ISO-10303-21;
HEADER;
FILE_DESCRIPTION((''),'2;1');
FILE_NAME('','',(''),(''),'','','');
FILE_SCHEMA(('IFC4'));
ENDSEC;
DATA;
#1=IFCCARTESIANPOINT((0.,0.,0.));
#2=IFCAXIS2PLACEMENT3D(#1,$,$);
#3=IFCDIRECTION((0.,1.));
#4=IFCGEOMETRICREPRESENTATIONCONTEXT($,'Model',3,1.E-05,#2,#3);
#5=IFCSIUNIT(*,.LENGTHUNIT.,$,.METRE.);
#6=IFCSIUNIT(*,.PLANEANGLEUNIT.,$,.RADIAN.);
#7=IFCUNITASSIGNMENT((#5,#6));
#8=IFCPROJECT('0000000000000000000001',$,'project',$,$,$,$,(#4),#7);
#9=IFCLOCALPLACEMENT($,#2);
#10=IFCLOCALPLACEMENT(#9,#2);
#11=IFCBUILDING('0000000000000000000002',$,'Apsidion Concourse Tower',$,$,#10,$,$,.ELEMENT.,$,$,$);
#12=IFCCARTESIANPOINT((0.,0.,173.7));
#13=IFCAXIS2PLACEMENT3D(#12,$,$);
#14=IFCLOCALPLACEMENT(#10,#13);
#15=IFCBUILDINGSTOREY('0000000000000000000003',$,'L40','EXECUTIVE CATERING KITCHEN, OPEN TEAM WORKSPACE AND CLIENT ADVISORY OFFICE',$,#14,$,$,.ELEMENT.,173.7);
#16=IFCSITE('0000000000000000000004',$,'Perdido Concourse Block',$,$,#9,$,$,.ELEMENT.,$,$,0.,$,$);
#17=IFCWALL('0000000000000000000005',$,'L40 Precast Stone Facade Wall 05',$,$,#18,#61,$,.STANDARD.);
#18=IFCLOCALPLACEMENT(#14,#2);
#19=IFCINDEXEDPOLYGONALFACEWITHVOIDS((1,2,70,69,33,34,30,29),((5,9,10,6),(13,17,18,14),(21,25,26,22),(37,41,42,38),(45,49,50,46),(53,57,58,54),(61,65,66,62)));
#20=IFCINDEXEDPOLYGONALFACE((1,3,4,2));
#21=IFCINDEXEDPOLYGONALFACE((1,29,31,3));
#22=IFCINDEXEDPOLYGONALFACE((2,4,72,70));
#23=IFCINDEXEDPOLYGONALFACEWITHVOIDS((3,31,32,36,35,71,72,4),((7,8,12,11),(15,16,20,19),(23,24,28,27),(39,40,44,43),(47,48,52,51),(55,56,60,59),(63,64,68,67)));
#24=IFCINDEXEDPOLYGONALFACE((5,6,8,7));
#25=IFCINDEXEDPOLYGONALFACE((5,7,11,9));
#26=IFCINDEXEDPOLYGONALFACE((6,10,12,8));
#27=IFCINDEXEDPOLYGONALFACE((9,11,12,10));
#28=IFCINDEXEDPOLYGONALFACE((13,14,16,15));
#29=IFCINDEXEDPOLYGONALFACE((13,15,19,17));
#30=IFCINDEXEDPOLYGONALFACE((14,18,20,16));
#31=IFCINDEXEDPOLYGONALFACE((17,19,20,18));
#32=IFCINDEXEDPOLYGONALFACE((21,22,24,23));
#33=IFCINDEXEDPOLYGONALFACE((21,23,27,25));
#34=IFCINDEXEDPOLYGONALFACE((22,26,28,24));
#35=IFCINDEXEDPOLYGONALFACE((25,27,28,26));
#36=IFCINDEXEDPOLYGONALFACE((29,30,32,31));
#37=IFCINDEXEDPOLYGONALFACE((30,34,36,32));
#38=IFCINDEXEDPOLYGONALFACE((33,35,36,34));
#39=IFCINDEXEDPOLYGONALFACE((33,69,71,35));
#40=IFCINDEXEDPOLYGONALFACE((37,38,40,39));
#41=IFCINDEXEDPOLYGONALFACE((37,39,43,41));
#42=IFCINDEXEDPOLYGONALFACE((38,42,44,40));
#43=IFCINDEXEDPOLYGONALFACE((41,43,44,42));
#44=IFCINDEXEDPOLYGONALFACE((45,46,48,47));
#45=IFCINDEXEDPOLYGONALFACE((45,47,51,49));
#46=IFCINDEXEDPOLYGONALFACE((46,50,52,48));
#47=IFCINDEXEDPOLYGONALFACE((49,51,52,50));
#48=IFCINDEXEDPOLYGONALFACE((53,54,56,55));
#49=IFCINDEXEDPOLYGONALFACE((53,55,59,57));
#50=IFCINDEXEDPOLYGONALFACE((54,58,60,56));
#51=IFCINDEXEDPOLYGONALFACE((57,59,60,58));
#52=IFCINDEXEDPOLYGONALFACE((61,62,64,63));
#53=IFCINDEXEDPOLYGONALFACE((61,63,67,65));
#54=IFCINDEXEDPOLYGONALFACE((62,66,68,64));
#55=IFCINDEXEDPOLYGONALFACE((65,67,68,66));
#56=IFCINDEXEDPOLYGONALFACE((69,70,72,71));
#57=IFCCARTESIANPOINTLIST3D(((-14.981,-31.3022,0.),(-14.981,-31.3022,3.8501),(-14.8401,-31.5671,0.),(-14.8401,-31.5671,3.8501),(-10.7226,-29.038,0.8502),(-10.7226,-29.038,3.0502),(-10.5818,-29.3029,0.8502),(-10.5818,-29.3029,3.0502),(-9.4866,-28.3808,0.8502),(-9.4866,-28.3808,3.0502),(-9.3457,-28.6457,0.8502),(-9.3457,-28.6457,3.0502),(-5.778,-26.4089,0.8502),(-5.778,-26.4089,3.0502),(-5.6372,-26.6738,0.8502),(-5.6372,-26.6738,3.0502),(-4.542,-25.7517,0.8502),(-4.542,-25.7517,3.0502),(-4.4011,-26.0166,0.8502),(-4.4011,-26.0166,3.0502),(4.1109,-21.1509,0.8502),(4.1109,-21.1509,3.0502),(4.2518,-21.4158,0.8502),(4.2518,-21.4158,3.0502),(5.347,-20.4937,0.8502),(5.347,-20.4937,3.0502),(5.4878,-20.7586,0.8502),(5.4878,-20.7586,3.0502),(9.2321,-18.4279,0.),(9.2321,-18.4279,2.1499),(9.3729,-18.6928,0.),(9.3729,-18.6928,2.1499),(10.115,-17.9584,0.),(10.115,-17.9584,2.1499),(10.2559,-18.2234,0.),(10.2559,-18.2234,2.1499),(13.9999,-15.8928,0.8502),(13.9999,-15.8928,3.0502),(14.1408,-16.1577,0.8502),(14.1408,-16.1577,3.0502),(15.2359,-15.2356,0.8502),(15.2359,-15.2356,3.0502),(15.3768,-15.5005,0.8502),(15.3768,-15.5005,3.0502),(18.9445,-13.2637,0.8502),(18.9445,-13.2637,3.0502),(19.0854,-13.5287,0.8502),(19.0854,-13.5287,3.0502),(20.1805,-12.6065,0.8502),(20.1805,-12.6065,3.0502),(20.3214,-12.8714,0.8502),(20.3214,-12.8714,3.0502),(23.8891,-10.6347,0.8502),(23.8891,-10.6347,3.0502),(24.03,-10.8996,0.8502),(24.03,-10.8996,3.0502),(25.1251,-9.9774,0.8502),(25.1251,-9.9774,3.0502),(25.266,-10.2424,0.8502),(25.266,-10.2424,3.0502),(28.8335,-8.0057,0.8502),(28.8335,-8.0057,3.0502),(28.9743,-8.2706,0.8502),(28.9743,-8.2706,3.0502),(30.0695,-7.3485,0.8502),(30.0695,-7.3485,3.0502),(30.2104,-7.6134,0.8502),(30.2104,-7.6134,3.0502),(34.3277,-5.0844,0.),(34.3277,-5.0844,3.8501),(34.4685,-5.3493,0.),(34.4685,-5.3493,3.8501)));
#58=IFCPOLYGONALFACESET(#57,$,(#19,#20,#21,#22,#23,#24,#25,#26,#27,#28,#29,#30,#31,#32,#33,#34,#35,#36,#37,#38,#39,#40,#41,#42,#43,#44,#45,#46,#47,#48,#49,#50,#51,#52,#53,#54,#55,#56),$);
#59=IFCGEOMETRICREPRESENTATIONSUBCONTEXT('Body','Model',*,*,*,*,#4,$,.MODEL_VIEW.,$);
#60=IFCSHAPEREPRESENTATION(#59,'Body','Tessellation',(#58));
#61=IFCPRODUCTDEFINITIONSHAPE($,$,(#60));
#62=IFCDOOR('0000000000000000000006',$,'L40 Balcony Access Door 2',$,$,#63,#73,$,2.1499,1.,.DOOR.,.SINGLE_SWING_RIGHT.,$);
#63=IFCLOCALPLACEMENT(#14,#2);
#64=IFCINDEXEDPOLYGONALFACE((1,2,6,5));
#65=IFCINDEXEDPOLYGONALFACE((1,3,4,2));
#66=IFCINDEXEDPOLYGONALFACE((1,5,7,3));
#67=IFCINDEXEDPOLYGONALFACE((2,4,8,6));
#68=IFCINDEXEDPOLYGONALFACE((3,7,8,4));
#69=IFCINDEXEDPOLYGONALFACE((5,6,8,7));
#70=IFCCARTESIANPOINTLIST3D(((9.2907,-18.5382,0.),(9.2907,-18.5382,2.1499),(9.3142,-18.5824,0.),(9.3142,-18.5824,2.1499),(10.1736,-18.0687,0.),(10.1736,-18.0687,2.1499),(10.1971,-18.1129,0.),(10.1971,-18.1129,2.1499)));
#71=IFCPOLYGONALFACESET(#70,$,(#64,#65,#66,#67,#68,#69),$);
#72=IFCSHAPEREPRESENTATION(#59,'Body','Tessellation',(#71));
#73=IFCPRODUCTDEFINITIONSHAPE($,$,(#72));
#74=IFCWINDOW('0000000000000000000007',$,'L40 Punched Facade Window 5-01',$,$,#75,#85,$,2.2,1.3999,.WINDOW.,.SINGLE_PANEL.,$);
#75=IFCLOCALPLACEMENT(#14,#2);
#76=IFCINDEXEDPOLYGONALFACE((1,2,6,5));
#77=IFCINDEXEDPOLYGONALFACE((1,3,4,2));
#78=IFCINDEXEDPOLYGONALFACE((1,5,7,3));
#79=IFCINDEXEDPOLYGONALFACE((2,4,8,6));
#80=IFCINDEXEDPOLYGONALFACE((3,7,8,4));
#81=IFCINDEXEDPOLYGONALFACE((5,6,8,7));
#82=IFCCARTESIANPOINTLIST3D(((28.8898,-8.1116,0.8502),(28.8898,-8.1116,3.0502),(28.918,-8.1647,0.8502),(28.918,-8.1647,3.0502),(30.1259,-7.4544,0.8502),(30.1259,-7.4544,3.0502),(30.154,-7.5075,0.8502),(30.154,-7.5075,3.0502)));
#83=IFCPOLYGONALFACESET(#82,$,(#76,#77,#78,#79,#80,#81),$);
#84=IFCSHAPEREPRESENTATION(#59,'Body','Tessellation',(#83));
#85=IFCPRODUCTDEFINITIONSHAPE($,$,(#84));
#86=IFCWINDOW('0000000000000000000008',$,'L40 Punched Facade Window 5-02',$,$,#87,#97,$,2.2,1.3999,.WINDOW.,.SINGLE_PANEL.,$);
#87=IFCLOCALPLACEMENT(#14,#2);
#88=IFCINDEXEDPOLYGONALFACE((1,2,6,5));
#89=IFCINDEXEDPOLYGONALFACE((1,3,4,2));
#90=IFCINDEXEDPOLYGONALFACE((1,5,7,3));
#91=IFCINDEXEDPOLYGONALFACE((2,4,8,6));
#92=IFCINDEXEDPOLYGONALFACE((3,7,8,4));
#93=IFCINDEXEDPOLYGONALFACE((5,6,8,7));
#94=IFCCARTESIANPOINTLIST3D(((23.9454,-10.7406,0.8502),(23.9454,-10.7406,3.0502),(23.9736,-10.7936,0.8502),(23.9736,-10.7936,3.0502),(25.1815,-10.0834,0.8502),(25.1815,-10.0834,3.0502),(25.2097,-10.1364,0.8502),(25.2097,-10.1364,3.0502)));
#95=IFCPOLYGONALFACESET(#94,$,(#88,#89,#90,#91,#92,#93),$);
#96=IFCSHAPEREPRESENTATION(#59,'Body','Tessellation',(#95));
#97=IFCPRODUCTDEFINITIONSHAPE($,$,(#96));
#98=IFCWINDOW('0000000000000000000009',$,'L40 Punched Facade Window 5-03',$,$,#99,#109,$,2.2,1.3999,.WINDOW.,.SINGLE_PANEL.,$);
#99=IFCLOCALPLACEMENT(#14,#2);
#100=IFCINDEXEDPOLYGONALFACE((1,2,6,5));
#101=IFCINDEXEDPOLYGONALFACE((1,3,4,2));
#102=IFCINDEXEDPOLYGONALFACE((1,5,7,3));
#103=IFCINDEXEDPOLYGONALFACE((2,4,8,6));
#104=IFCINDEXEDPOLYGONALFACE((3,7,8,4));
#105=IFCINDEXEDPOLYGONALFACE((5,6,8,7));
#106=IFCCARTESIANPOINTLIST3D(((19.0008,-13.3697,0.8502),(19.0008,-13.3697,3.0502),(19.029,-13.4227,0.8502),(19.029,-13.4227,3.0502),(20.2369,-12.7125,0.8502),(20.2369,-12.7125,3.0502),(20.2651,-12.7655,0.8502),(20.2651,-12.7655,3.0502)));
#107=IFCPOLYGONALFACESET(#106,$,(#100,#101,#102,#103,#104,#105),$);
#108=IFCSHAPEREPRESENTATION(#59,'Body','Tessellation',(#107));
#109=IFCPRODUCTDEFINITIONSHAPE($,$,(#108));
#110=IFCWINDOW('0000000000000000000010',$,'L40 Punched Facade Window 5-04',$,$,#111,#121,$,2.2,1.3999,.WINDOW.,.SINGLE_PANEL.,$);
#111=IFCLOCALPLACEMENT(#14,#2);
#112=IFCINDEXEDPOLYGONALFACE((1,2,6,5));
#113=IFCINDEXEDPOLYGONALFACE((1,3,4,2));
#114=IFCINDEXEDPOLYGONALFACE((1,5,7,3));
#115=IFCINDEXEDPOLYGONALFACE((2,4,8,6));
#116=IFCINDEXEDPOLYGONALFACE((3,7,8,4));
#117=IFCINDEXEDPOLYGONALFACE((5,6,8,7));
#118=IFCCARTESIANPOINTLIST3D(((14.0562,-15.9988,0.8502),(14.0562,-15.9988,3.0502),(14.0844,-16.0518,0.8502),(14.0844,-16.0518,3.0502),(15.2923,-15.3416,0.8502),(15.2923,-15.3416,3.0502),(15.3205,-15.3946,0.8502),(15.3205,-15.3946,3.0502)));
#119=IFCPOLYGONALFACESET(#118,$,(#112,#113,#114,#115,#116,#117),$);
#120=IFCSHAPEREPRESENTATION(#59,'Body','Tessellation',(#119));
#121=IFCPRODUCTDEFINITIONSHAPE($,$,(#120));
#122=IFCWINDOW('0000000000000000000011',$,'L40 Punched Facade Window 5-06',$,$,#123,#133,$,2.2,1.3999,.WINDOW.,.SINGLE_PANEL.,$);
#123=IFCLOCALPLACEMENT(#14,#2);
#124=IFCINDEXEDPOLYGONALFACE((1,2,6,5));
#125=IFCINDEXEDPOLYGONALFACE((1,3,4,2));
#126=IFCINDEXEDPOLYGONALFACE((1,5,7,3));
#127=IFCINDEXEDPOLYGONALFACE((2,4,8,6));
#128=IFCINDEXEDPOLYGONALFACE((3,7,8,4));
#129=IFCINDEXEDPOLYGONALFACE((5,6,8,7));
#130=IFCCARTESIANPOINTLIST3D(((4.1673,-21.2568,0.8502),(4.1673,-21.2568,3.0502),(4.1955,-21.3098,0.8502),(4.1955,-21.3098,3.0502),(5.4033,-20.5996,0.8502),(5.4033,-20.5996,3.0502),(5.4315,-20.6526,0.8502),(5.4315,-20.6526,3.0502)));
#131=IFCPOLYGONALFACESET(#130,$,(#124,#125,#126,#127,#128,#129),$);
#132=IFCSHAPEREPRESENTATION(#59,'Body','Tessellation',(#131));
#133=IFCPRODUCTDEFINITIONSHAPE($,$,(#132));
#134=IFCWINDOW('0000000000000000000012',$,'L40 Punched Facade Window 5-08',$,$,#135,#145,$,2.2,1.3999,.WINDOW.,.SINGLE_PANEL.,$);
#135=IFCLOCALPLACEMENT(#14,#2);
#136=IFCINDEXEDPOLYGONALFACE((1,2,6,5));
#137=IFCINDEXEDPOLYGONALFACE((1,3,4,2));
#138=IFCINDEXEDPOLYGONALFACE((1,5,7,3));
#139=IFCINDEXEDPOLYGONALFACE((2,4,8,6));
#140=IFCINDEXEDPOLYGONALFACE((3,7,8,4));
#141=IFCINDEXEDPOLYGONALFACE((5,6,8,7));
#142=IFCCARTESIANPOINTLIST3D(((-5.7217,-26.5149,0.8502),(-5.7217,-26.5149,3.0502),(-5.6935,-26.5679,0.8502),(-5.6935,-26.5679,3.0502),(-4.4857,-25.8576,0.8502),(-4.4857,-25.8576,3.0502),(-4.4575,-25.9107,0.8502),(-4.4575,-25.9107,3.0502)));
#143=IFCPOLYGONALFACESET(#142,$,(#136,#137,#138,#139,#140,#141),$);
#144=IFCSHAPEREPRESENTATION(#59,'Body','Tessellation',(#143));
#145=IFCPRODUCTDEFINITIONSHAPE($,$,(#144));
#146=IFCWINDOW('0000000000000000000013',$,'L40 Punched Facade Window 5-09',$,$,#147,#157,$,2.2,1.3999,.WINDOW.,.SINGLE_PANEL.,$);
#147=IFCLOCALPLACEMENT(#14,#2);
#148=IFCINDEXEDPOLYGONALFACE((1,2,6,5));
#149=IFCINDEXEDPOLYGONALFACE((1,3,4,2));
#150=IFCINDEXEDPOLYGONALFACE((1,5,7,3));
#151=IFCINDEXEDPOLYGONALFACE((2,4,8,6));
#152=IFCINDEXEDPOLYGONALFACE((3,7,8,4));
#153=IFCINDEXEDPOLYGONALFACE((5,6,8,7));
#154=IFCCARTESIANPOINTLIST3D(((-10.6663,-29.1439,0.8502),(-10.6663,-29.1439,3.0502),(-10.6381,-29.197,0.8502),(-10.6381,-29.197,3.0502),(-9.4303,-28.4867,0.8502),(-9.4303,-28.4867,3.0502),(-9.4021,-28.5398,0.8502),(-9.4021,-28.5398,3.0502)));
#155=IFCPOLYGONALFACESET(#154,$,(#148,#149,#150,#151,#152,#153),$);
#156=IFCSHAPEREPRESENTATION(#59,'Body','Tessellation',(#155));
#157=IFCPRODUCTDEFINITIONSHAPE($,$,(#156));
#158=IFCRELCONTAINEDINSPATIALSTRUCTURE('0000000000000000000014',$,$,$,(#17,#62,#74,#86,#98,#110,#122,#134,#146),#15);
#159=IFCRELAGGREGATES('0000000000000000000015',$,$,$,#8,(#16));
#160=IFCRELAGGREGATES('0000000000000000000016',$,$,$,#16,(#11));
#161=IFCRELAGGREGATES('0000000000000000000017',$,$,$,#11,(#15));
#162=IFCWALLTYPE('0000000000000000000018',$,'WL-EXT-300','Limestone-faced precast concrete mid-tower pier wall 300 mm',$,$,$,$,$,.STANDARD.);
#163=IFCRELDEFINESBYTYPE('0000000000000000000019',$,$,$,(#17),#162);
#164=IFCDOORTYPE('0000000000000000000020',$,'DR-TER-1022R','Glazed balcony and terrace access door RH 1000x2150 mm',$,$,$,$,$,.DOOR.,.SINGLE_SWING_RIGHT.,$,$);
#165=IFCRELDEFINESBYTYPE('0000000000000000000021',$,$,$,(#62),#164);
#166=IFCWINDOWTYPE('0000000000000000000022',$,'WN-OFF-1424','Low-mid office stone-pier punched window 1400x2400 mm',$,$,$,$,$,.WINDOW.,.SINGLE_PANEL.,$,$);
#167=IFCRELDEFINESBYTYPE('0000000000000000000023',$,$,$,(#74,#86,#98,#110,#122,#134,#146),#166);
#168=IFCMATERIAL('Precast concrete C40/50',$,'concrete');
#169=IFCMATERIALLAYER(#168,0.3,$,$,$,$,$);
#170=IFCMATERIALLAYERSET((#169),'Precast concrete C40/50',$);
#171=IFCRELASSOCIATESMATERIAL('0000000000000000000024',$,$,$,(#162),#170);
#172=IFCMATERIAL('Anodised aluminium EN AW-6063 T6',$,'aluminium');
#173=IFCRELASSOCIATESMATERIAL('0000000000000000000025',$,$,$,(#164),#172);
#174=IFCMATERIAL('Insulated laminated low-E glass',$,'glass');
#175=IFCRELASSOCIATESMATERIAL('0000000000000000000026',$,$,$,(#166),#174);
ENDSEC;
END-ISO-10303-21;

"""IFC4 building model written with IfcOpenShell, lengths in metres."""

from ifc_helpers import new_model, si_unit, direction, frame, frame_2d, origin, place, context, subcontext, project, spatial, rectangle, extrude, material, layer, layer_set, type_object, element, fill, save


model = new_model("IFC4")

# Units and contexts
model_context = context("Model", 3, precision=1e-05, world=origin(), true_north=direction((0.0, 1.0)))
body_context = subcontext(model_context, "Body", "Model", "MODEL_VIEW")
ifc_project = project(units=[si_unit("LENGTHUNIT", "METRE"), si_unit("PLANEANGLEUNIT", "RADIAN")], contexts=[model_context])

# Site, building, storey
site_placement = place(None, origin())
site = spatial("IfcSite", under=ifc_project, at=site_placement, Name="Perdido Concourse Block", CompositionType="ELEMENT", RefElevation=0.0)
building_placement = place(site_placement, origin())
building = spatial("IfcBuilding", under=site, at=building_placement, Name="Apsidion Concourse Tower", CompositionType="ELEMENT")
storey_placement = place(building_placement, frame((0.0, 0.0, 173.7)))
storey = spatial("IfcBuildingStorey", under=building, at=storey_placement, Name="L40", Description="EXECUTIVE CATERING KITCHEN, OPEN TEAM WORKSPACE AND CLIENT ADVISORY OFFICE", CompositionType="ELEMENT", Elevation=173.7)

# Shared definitions
ifc_material_1 = material(Name="Precast concrete C40/50", Category="concrete")
ifc_layer_1 = layer(ifc_material_1, 0.3)
ifc_layer_set_1 = layer_set([ifc_layer_1], Name="Precast concrete C40/50")
wall_type_1 = type_object("IfcWallType", Name="WL-EXT-300", Description="Limestone-faced precast concrete mid-tower pier wall 300 mm", PredefinedType="STANDARD", material=ifc_layer_set_1)

# Wall, openings, door, windows
wall_1_placement = place(storey_placement, frame((34.3982, -5.2168, 0.0), z_axis=(0.0, 0.0, 1.0), x_axis=(-0.882948, -0.469471, 0.0)))
wall_1 = element("IfcWall", 1, at=wall_1_placement, inside=storey, type_object=wall_type_1, Name="L40 Precast Stone Facade Wall 05", PredefinedType="STANDARD", context=body_context, shape_type="SweptSolid", body=[
    extrude(rectangle(XDim=55.8455, YDim=0.3, at=frame_2d((27.9229, 0.0))), origin(), (0.0, 0.0, 1.0), 3.8501),
])
opening_1_placement = place(wall_1_placement, frame((27.4226, 0.0, 0.0)))
opening_1 = element("IfcOpeningElement", 2, at=opening_1_placement, cuts=wall_1, PredefinedType="OPENING", context=body_context, shape_type="SweptSolid", body=[
    extrude(rectangle(XDim=1.0, YDim=2.1499, at=frame_2d((0.5, 1.075))), frame((0.0, 0.1602, 0.0), z_axis=(0.0, -1.0, 0.0), x_axis=(1.0, 0.0, 0.0)), (0.0, 0.0, 1.0), 0.3201),
])
opening_2_placement = place(wall_1_placement, frame((4.8228, 0.0, 0.8501)))
opening_2 = element("IfcOpeningElement", 3, at=opening_2_placement, cuts=wall_1, PredefinedType="OPENING", context=body_context, shape_type="SweptSolid", body=[
    extrude(rectangle(XDim=1.3999, YDim=2.2, at=frame_2d((0.7, 1.1001))), frame((0.0, 0.1602, 0.0), z_axis=(0.0, -1.0, 0.0), x_axis=(1.0, 0.0, 0.0)), (0.0, 0.0, 1.0), 0.3201),
])
opening_3_placement = place(wall_1_placement, frame((10.4226, 0.0, 0.8501)))
opening_3 = element("IfcOpeningElement", 4, at=opening_3_placement, cuts=wall_1, PredefinedType="OPENING", context=body_context, shape_type="SweptSolid", body=[
    extrude(rectangle(XDim=1.3999, YDim=2.2, at=frame_2d((0.7, 1.1001))), frame((0.0, 0.1602, 0.0), z_axis=(0.0, -1.0, 0.0), x_axis=(1.0, 0.0, 0.0)), (0.0, 0.0, 1.0), 0.3201),
])
opening_4_placement = place(wall_1_placement, frame((16.0227, 0.0, 0.8501)))
opening_4 = element("IfcOpeningElement", 5, at=opening_4_placement, cuts=wall_1, PredefinedType="OPENING", context=body_context, shape_type="SweptSolid", body=[
    extrude(rectangle(XDim=1.3999, YDim=2.2, at=frame_2d((0.7, 1.1001))), frame((0.0, 0.1602, 0.0), z_axis=(0.0, -1.0, 0.0), x_axis=(1.0, 0.0, 0.0)), (0.0, 0.0, 1.0), 0.3201),
])
opening_5_placement = place(wall_1_placement, frame((21.6228, 0.0, 0.8501)))
opening_5 = element("IfcOpeningElement", 6, at=opening_5_placement, cuts=wall_1, PredefinedType="OPENING", context=body_context, shape_type="SweptSolid", body=[
    extrude(rectangle(XDim=1.3999, YDim=2.2, at=frame_2d((0.7, 1.1001))), frame((0.0, 0.1602, 0.0), z_axis=(0.0, -1.0, 0.0), x_axis=(1.0, 0.0, 0.0)), (0.0, 0.0, 1.0), 0.3201),
])
opening_6_placement = place(wall_1_placement, frame((32.8228, 0.0, 0.8501)))
opening_6 = element("IfcOpeningElement", 7, at=opening_6_placement, cuts=wall_1, PredefinedType="OPENING", context=body_context, shape_type="SweptSolid", body=[
    extrude(rectangle(XDim=1.3999, YDim=2.2, at=frame_2d((0.7, 1.1001))), frame((0.0, 0.1602, 0.0), z_axis=(0.0, -1.0, 0.0), x_axis=(1.0, 0.0, 0.0)), (0.0, 0.0, 1.0), 0.3201),
])
opening_7_placement = place(wall_1_placement, frame((44.0227, 0.0, 0.8501)))
opening_7 = element("IfcOpeningElement", 8, at=opening_7_placement, cuts=wall_1, PredefinedType="OPENING", context=body_context, shape_type="SweptSolid", body=[
    extrude(rectangle(XDim=1.3999, YDim=2.2, at=frame_2d((0.7, 1.1001))), frame((0.0, 0.1602, 0.0), z_axis=(0.0, -1.0, 0.0), x_axis=(1.0, 0.0, 0.0)), (0.0, 0.0, 1.0), 0.3201),
])
opening_8_placement = place(wall_1_placement, frame((49.6228, 0.0, 0.8501)))
opening_8 = element("IfcOpeningElement", 9, at=opening_8_placement, cuts=wall_1, PredefinedType="OPENING", context=body_context, shape_type="SweptSolid", body=[
    extrude(rectangle(XDim=1.3999, YDim=2.2, at=frame_2d((0.7, 1.1001))), frame((0.0, 0.1602, 0.0), z_axis=(0.0, -1.0, 0.0), x_axis=(1.0, 0.0, 0.0)), (0.0, 0.0, 1.0), 0.3201),
])
ifc_material_2 = material(Name="Anodised aluminium EN AW-6063 T6", Category="aluminium")
door_type_1 = type_object("IfcDoorType", Name="DR-TER-1022R", Description="Glazed balcony and terrace access door RH 1000x2150 mm", OperationType="SINGLE_SWING_RIGHT", PredefinedType="DOOR", material=ifc_material_2)
door_1_placement = place(opening_1_placement, origin())
door_1 = element("IfcDoor", 10, at=door_1_placement, inside=storey, type_object=door_type_1, Name="L40 Balcony Access Door 2", OperationType="SINGLE_SWING_RIGHT", OverallHeight=2.1499, OverallWidth=1.0, PredefinedType="DOOR", context=body_context, shape_type="SweptSolid", body=[
    extrude(rectangle(XDim=1.0, YDim=2.1499, at=frame_2d((0.5, 1.075))), frame((0.0, 0.0249, 0.0), z_axis=(0.0, -1.0, 0.0), x_axis=(1.0, 0.0, 0.0)), (0.0, 0.0, 1.0), 0.05),
])
fill(opening_1, door_1)
ifc_material_3 = material(Name="Insulated laminated low-E glass", Category="glass")
window_type = type_object("IfcWindowType", Name="WN-OFF-1424", Description="Low-mid office stone-pier punched window 1400x2400 mm", PartitioningType="SINGLE_PANEL", PredefinedType="WINDOW", material=ifc_material_3)
window_1_placement = place(opening_2_placement, origin())
window_1 = element("IfcWindow", 11, at=window_1_placement, inside=storey, type_object=window_type, Name="L40 Punched Facade Window 5-01", OverallHeight=2.2, OverallWidth=1.3999, PartitioningType="SINGLE_PANEL", PredefinedType="WINDOW", context=body_context, shape_type="SweptSolid", body=[
    extrude(rectangle(XDim=1.3999, YDim=2.2, at=frame_2d((0.7, 1.1001))), frame((0.0, 0.03, 0.0), z_axis=(0.0, -1.0, 0.0), x_axis=(1.0, 0.0, 0.0)), (0.0, 0.0, 1.0), 0.0601),
])
fill(opening_2, window_1)
window_2_placement = place(opening_3_placement, origin())
window_2 = element("IfcWindow", 12, at=window_2_placement, inside=storey, type_object=window_type, Name="L40 Punched Facade Window 5-02", OverallHeight=2.2, OverallWidth=1.3999, PartitioningType="SINGLE_PANEL", PredefinedType="WINDOW", context=body_context, shape_type="SweptSolid", body=[
    extrude(rectangle(XDim=1.3999, YDim=2.2, at=frame_2d((0.7, 1.1001))), frame((0.0, 0.03, 0.0), z_axis=(0.0, -1.0, 0.0), x_axis=(1.0, 0.0, 0.0)), (0.0, 0.0, 1.0), 0.0601),
])
fill(opening_3, window_2)
window_3_placement = place(opening_4_placement, origin())
window_3 = element("IfcWindow", 13, at=window_3_placement, inside=storey, type_object=window_type, Name="L40 Punched Facade Window 5-03", OverallHeight=2.2, OverallWidth=1.3999, PartitioningType="SINGLE_PANEL", PredefinedType="WINDOW", context=body_context, shape_type="SweptSolid", body=[
    extrude(rectangle(XDim=1.3999, YDim=2.2, at=frame_2d((0.7, 1.1001))), frame((0.0, 0.03, 0.0), z_axis=(0.0, -1.0, 0.0), x_axis=(1.0, 0.0, 0.0)), (0.0, 0.0, 1.0), 0.0601),
])
fill(opening_4, window_3)
window_4_placement = place(opening_5_placement, origin())
window_4 = element("IfcWindow", 14, at=window_4_placement, inside=storey, type_object=window_type, Name="L40 Punched Facade Window 5-04", OverallHeight=2.2, OverallWidth=1.3999, PartitioningType="SINGLE_PANEL", PredefinedType="WINDOW", context=body_context, shape_type="SweptSolid", body=[
    extrude(rectangle(XDim=1.3999, YDim=2.2, at=frame_2d((0.7, 1.1001))), frame((0.0, 0.03, 0.0), z_axis=(0.0, -1.0, 0.0), x_axis=(1.0, 0.0, 0.0)), (0.0, 0.0, 1.0), 0.0601),
])
fill(opening_5, window_4)
window_5_placement = place(opening_6_placement, origin())
window_5 = element("IfcWindow", 15, at=window_5_placement, inside=storey, type_object=window_type, Name="L40 Punched Facade Window 5-06", OverallHeight=2.2, OverallWidth=1.3999, PartitioningType="SINGLE_PANEL", PredefinedType="WINDOW", context=body_context, shape_type="SweptSolid", body=[
    extrude(rectangle(XDim=1.3999, YDim=2.2, at=frame_2d((0.7, 1.1001))), frame((0.0, 0.03, 0.0), z_axis=(0.0, -1.0, 0.0), x_axis=(1.0, 0.0, 0.0)), (0.0, 0.0, 1.0), 0.0601),
])
fill(opening_6, window_5)
window_6_placement = place(opening_7_placement, origin())
window_6 = element("IfcWindow", 16, at=window_6_placement, inside=storey, type_object=window_type, Name="L40 Punched Facade Window 5-08", OverallHeight=2.2, OverallWidth=1.3999, PartitioningType="SINGLE_PANEL", PredefinedType="WINDOW", context=body_context, shape_type="SweptSolid", body=[
    extrude(rectangle(XDim=1.3999, YDim=2.2, at=frame_2d((0.7, 1.1001))), frame((0.0, 0.03, 0.0), z_axis=(0.0, -1.0, 0.0), x_axis=(1.0, 0.0, 0.0)), (0.0, 0.0, 1.0), 0.0601),
])
fill(opening_7, window_6)
window_7_placement = place(opening_8_placement, origin())
window_7 = element("IfcWindow", 17, at=window_7_placement, inside=storey, type_object=window_type, Name="L40 Punched Facade Window 5-09", OverallHeight=2.2, OverallWidth=1.3999, PartitioningType="SINGLE_PANEL", PredefinedType="WINDOW", context=body_context, shape_type="SweptSolid", body=[
    extrude(rectangle(XDim=1.3999, YDim=2.2, at=frame_2d((0.7, 1.1001))), frame((0.0, 0.03, 0.0), z_axis=(0.0, -1.0, 0.0), x_axis=(1.0, 0.0, 0.0)), (0.0, 0.0, 1.0), 0.0601),
])
fill(opening_8, window_7)

save(model, "model.ifc")
